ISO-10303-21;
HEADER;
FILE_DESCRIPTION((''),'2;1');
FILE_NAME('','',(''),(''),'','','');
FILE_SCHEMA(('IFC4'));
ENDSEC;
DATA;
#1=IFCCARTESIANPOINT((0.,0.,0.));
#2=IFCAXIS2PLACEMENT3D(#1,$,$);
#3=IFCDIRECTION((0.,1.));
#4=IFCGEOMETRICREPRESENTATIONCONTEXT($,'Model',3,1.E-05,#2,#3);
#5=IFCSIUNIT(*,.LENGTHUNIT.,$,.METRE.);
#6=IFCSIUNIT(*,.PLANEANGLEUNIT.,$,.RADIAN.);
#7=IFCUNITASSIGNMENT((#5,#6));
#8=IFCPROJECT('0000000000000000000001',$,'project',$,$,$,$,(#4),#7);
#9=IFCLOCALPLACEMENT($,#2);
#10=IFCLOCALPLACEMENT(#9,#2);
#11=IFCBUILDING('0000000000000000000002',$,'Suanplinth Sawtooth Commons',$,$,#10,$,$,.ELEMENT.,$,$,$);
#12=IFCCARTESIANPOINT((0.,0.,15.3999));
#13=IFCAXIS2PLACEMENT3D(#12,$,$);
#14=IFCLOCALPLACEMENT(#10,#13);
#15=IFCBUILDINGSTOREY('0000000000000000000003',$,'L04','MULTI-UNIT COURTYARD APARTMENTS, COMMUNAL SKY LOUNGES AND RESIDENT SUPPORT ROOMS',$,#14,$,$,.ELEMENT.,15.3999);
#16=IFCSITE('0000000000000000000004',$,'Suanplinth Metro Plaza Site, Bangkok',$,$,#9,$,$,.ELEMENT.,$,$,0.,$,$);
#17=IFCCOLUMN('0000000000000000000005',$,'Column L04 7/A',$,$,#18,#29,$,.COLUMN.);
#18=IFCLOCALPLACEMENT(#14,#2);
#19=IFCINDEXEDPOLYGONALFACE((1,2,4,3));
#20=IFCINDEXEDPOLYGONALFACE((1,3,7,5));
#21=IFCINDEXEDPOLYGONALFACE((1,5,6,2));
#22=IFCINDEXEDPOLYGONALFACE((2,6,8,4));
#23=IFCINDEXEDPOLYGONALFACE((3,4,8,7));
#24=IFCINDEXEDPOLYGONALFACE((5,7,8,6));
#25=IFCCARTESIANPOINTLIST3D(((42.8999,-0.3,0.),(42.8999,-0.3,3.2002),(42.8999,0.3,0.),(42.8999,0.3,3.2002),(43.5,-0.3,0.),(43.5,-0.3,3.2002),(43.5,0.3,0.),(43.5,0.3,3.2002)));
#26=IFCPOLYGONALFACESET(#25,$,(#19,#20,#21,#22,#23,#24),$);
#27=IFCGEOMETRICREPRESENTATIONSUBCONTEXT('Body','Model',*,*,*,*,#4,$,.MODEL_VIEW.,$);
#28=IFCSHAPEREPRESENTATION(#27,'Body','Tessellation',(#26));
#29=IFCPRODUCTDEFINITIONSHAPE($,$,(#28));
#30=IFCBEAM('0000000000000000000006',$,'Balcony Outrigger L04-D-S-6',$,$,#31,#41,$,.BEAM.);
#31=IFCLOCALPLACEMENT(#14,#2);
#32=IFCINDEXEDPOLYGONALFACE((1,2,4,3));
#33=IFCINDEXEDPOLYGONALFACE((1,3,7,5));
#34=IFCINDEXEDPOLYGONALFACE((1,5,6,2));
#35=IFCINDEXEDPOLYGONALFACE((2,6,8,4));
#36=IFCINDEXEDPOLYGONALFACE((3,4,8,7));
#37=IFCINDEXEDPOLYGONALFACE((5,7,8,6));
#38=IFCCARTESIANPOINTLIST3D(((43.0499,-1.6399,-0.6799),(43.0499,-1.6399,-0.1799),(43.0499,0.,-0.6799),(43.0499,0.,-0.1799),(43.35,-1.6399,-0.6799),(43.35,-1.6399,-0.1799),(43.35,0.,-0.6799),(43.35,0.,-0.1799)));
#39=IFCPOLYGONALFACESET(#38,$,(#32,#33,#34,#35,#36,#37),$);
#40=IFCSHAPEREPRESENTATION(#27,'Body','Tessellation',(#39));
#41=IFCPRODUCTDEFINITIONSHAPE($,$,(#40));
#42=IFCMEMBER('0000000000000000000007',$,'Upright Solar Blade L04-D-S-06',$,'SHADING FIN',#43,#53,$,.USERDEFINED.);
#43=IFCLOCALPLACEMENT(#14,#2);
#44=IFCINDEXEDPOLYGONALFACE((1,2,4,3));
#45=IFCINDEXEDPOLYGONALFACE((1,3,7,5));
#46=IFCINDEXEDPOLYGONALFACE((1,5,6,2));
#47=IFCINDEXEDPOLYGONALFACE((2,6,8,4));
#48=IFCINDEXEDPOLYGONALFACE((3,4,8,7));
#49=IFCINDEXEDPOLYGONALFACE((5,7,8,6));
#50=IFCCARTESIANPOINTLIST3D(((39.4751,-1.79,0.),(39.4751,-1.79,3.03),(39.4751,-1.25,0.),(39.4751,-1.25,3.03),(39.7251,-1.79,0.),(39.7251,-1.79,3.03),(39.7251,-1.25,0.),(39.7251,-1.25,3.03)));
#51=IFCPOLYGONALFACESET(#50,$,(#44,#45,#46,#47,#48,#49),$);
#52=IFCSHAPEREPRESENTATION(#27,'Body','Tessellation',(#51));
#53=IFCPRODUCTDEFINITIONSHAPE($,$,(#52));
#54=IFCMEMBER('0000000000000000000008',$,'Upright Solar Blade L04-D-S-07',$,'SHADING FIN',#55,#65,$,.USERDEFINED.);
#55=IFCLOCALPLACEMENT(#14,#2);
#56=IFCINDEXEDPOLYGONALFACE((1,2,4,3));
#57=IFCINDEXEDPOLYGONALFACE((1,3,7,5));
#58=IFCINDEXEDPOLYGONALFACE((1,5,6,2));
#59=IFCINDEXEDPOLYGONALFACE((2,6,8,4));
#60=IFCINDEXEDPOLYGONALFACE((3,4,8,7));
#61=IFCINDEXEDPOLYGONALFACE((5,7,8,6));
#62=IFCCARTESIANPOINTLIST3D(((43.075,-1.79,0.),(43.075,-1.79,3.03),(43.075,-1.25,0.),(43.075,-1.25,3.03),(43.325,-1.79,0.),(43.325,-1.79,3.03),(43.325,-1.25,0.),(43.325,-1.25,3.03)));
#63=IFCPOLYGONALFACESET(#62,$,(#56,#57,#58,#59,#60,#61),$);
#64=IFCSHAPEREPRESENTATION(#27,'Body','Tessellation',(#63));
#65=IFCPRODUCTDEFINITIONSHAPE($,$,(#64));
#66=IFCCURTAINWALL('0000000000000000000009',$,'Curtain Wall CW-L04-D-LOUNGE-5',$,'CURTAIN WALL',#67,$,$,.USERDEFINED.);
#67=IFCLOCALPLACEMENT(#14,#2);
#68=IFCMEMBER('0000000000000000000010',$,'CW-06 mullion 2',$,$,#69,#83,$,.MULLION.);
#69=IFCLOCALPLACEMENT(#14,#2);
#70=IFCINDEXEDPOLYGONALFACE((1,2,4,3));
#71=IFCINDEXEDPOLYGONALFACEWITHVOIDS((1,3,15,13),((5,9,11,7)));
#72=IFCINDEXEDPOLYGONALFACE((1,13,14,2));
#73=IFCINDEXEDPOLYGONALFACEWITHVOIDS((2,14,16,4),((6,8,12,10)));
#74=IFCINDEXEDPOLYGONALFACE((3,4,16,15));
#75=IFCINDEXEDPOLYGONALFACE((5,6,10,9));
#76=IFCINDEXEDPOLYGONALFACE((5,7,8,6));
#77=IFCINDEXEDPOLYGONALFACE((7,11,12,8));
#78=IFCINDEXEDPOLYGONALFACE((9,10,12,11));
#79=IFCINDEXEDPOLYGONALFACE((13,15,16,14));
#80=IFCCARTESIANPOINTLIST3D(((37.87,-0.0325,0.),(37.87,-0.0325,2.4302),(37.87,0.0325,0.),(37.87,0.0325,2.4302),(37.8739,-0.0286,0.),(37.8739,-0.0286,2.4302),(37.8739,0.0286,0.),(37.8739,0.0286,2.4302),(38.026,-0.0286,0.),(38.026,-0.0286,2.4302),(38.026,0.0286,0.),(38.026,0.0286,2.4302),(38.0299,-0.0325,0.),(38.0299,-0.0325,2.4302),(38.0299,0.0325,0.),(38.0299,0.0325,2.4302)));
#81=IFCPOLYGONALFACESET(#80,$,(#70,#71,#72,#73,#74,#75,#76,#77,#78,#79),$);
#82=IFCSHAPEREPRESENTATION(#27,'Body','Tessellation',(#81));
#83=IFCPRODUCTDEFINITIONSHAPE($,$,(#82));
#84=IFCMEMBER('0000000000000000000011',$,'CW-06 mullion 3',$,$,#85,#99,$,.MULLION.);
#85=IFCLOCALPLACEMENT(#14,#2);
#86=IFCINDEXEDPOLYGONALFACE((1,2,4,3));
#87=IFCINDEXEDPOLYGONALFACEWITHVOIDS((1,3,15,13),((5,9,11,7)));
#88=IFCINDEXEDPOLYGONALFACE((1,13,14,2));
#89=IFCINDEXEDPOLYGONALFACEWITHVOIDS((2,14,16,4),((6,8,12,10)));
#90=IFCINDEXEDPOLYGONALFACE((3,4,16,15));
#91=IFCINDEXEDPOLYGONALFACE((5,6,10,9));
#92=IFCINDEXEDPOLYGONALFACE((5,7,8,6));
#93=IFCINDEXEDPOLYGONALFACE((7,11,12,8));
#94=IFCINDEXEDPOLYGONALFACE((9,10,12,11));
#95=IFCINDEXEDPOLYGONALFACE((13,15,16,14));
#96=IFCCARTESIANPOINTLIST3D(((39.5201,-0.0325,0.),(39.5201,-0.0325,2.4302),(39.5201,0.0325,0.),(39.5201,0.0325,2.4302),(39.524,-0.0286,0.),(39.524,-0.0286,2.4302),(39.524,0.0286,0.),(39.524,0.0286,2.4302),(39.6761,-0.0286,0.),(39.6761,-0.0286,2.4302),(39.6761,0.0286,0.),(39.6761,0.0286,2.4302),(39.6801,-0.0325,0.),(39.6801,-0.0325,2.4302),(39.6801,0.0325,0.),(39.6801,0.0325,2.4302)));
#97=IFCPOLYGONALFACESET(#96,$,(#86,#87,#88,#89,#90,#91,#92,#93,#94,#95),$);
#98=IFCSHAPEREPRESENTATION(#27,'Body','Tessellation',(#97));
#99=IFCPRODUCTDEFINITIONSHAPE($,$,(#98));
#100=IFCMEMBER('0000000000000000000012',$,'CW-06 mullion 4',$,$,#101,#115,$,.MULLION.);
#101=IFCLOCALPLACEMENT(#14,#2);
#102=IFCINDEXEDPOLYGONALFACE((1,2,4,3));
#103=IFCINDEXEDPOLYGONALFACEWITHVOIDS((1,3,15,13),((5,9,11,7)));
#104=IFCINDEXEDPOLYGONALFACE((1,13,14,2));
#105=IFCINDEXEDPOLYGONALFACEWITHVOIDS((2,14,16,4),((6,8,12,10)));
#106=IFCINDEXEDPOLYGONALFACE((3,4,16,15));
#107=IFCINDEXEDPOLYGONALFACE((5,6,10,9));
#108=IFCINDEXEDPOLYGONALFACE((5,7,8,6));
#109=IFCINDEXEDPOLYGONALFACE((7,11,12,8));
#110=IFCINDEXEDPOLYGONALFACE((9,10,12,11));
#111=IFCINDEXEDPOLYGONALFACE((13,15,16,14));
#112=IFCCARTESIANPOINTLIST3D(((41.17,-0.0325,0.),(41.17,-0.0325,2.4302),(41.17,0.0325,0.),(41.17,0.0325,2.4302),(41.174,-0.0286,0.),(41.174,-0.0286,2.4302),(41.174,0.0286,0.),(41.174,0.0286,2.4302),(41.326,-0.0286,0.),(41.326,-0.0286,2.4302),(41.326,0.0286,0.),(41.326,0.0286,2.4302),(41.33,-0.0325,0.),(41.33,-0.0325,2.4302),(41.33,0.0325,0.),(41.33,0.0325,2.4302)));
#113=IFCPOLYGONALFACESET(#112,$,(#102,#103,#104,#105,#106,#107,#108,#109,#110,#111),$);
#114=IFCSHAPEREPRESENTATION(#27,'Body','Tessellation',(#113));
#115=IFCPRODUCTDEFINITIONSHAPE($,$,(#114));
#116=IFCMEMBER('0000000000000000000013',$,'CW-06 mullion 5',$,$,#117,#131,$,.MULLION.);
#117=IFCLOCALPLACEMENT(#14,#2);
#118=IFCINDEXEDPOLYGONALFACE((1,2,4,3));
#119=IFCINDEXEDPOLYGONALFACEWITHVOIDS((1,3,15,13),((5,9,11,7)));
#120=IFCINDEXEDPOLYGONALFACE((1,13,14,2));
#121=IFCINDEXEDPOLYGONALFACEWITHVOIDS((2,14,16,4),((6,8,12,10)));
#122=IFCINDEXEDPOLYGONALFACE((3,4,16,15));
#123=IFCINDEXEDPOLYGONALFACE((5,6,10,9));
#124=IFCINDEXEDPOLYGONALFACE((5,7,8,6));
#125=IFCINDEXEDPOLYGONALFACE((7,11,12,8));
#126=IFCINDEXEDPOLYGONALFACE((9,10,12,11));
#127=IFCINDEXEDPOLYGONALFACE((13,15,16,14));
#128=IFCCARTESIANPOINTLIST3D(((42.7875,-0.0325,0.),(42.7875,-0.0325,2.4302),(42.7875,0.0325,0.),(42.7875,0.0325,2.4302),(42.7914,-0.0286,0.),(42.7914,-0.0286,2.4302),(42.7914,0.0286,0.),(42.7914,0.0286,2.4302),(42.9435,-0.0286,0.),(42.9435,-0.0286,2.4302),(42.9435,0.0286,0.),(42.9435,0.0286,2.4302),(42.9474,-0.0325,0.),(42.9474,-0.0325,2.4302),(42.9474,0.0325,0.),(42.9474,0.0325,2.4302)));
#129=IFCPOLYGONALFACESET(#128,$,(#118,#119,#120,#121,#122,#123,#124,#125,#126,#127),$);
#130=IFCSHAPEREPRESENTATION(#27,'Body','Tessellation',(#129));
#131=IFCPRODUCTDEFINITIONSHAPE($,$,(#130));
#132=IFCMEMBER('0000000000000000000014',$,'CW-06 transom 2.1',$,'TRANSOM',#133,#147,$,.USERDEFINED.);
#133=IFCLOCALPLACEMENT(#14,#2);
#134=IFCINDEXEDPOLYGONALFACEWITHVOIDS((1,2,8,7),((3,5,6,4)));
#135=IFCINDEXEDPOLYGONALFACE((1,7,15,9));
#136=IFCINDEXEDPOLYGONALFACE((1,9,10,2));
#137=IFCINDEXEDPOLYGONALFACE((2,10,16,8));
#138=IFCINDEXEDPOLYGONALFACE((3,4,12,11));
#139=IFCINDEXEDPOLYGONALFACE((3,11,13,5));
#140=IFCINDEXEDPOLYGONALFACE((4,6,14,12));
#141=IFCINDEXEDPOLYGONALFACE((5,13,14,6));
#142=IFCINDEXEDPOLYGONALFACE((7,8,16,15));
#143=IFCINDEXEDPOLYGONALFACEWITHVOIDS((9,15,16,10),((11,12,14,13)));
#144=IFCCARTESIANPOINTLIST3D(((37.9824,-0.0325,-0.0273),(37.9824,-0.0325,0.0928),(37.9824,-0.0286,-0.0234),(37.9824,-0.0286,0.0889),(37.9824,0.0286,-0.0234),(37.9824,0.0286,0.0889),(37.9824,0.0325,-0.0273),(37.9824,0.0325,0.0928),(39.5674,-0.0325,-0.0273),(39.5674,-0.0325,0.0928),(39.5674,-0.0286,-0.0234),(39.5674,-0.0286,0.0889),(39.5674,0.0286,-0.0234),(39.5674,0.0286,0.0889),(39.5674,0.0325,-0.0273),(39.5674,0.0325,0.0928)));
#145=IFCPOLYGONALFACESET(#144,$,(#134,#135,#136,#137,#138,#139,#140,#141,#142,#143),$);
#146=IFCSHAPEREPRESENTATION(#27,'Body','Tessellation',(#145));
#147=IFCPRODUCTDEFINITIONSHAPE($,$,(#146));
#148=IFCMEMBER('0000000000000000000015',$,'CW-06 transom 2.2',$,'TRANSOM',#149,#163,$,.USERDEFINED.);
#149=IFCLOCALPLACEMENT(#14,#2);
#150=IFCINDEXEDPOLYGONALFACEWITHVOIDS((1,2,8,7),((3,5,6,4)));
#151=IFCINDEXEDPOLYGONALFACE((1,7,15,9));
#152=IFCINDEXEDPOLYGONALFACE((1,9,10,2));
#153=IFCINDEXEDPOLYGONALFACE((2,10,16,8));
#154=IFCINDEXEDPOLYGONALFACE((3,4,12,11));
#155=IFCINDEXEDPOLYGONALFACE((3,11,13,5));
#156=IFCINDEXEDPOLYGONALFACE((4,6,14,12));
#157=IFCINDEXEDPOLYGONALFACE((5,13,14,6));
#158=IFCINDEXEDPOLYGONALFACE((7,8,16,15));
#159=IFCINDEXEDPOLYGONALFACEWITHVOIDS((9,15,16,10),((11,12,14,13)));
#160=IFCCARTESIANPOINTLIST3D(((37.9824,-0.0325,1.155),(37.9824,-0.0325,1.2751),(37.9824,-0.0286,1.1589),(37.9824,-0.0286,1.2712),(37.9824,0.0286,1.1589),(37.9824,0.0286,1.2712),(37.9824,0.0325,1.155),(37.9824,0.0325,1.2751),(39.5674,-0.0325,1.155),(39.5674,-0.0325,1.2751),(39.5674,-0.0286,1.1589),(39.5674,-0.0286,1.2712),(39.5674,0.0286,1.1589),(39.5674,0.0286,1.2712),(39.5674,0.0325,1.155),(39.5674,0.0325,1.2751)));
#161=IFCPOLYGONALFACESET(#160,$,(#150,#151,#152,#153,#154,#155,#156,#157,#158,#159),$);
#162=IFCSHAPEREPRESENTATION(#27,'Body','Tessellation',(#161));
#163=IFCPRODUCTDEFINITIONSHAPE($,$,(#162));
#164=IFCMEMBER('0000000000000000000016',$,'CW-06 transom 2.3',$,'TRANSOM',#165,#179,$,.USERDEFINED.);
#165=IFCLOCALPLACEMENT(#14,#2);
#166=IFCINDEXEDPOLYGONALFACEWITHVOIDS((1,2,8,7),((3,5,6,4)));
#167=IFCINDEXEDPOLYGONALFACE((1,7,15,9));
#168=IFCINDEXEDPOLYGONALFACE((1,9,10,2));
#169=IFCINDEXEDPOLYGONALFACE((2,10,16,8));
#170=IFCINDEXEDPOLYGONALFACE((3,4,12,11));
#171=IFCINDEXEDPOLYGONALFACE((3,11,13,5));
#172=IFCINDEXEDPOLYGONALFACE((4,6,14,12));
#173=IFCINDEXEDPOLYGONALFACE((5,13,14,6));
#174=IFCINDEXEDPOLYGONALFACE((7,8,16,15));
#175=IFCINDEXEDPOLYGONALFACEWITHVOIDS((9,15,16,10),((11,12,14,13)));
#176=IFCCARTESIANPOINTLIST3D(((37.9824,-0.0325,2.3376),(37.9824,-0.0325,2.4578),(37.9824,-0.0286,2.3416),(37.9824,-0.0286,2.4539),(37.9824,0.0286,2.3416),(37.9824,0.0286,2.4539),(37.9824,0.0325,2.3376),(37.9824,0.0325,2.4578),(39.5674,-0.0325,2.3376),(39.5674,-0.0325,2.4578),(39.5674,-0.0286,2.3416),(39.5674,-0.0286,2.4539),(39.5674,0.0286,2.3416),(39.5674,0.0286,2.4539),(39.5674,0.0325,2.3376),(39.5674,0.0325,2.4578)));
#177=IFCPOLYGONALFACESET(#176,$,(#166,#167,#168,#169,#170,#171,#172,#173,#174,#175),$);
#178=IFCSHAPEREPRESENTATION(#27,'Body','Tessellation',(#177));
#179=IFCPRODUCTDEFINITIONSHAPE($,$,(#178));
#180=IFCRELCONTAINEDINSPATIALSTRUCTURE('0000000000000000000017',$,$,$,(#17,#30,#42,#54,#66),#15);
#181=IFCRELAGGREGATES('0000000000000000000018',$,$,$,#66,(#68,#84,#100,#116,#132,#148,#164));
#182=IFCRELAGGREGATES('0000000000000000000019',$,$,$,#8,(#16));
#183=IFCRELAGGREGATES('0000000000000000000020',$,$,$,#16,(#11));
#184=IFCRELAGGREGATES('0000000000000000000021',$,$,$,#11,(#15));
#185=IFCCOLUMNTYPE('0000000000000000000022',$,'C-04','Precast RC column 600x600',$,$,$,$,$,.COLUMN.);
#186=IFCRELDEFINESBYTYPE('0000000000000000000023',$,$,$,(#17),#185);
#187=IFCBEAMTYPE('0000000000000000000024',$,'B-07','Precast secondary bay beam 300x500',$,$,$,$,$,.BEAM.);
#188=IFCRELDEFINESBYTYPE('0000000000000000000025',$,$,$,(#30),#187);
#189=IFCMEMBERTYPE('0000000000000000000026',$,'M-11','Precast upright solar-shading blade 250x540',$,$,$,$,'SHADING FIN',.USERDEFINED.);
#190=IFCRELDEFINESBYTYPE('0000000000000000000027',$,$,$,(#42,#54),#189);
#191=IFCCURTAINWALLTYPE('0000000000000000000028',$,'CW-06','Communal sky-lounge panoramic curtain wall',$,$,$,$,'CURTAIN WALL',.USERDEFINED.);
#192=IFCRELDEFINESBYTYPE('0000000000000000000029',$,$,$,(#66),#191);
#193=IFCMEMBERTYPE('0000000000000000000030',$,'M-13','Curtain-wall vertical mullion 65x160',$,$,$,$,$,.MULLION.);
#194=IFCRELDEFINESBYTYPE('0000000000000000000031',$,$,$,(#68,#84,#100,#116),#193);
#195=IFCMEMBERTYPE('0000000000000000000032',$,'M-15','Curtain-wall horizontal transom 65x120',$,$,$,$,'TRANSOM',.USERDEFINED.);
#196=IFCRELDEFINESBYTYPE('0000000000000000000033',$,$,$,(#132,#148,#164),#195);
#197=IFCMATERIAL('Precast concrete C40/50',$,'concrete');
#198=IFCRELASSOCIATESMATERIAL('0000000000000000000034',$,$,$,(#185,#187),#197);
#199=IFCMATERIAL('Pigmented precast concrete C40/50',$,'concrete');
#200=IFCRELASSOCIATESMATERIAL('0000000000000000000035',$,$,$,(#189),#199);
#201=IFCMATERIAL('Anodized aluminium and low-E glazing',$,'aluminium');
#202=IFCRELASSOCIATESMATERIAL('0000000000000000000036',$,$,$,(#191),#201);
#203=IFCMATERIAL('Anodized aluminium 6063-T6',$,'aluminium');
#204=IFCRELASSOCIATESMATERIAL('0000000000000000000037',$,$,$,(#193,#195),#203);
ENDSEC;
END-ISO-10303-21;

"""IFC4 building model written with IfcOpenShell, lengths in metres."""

from ifc_helpers import new_model, si_unit, direction, frame, origin, origin_2d, place, context, subcontext, project, spatial, rectangle, hollow_rectangle, extrude, material, material_profile, profile_set, type_object, element, aggregate, save


model = new_model("IFC4")

# Units and contexts
model_context = context("Model", 3, precision=1e-05, world=origin(), true_north=direction((0.0, 1.0)))
body_context = subcontext(model_context, "Body", "Model", "MODEL_VIEW")
ifc_project = project(units=[si_unit("LENGTHUNIT", "METRE"), si_unit("PLANEANGLEUNIT", "RADIAN")], contexts=[model_context])

# Site, building, storey
site_placement = place(None, origin())
site = spatial("IfcSite", under=ifc_project, at=site_placement, Name="Suanplinth Metro Plaza Site, Bangkok", CompositionType="ELEMENT", RefElevation=0.0)
building_placement = place(site_placement, origin())
building = spatial("IfcBuilding", under=site, at=building_placement, Name="Suanplinth Sawtooth Commons", CompositionType="ELEMENT")
storey_placement = place(building_placement, frame((0.0, 0.0, 15.3999)))
storey = spatial("IfcBuildingStorey", under=building, at=storey_placement, Name="L04", Description="MULTI-UNIT COURTYARD APARTMENTS, COMMUNAL SKY LOUNGES AND RESIDENT SUPPORT ROOMS", CompositionType="ELEMENT", Elevation=15.3999)

# Column
ifc_material_1 = material(Name="Precast concrete C40/50", Category="concrete")
ifc_material_profile_1 = material_profile(ifc_material_1, rectangle(XDim=0.6001, YDim=0.6001, at=origin_2d()), Name="PC-COL 600x600")
ifc_profile_set_1 = profile_set([ifc_material_profile_1], Name="Precast concrete C40/50")
column_type = type_object("IfcColumnType", Name="C-04", Description="Precast RC column 600x600", PredefinedType="COLUMN", material=ifc_profile_set_1)
column_placement = place(storey_placement, frame((43.2, 0.0, 0.0), z_axis=(0.0, 0.0, 1.0), x_axis=(1.0, 0.0, 0.0)))
element("IfcColumn", 1, at=column_placement, inside=storey, type_object=column_type, Name="Column L04 7/A", PredefinedType="COLUMN", context=body_context, shape_type="SweptSolid", body=[
    extrude(rectangle(XDim=0.6001, YDim=0.6001, at=origin_2d()), origin(), (0.0, 0.0, 1.0), 3.2002),
])

# Beam
ifc_material_profile_2 = material_profile(ifc_material_1, rectangle(XDim=0.3, YDim=0.5, at=origin_2d()), Name="PC-BM 300x500")
ifc_profile_set_2 = profile_set([ifc_material_profile_2], Name="Precast concrete C40/50")
beam_type = type_object("IfcBeamType", Name="B-07", Description="Precast secondary bay beam 300x500", PredefinedType="BEAM", material=ifc_profile_set_2)
beam_placement = place(storey_placement, frame((43.2, 0.0, -0.4299), z_axis=(0.0, -1.0, 0.0), x_axis=(1.0, 0.0, 0.0)))
element("IfcBeam", 2, at=beam_placement, inside=storey, type_object=beam_type, Name="Balcony Outrigger L04-D-S-6", PredefinedType="BEAM", context=body_context, shape_type="SweptSolid", body=[
    extrude(rectangle(XDim=0.3, YDim=0.5, at=origin_2d()), origin(), (0.0, 0.0, 1.0), 1.6399),
])

# Members
ifc_material_2 = material(Name="Pigmented precast concrete C40/50", Category="concrete")
ifc_material_profile_3 = material_profile(ifc_material_2, rectangle(XDim=0.25, YDim=0.54, at=origin_2d()), Name="PC-FIN 250x540")
ifc_profile_set_3 = profile_set([ifc_material_profile_3], Name="Pigmented precast concrete C40/50")
member_type_1 = type_object("IfcMemberType", Name="M-11", Description="Precast upright solar-shading blade 250x540", ElementType="SHADING FIN", PredefinedType="USERDEFINED", material=ifc_profile_set_3)
for number, where, z_axis, x_axis, name in (
    (3, (39.6001, -1.52, 0.0), (0.0, 0.0, 1.0), (1.0, 0.0, 0.0), "Upright Solar Blade L04-D-S-06"),
    (4, (43.2, -1.52, 0.0), (0.0, 0.0, 1.0), (1.0, 0.0, 0.0), "Upright Solar Blade L04-D-S-07"),
):
    element("IfcMember", number, at=place(storey_placement, frame(where, z_axis=z_axis, x_axis=x_axis)), inside=storey, type_object=member_type_1, Name=name, ObjectType="SHADING FIN", PredefinedType="USERDEFINED", context=body_context, shape_type="SweptSolid", body=[
        extrude(rectangle(XDim=0.25, YDim=0.54, at=origin_2d()), origin(), (0.0, 0.0, 1.0), 3.03),
    ])

# Curtain wall, members
ifc_material_3 = material(Name="Anodized aluminium and low-E glazing", Category="aluminium")
curtain_wall_type = type_object("IfcCurtainWallType", Name="CW-06", Description="Communal sky-lounge panoramic curtain wall", ElementType="CURTAIN WALL", PredefinedType="USERDEFINED", material=ifc_material_3)
curtain_wall_placement = place(storey_placement, origin())
curtain_wall = element("IfcCurtainWall", 5, at=curtain_wall_placement, inside=storey, type_object=curtain_wall_type, Name="Curtain Wall CW-L04-D-LOUNGE-5", ObjectType="CURTAIN WALL", PredefinedType="USERDEFINED")
ifc_material_4 = material(Name="Anodized aluminium 6063-T6", Category="aluminium")
ifc_material_profile_4 = material_profile(ifc_material_4, hollow_rectangle(XDim=0.0649, YDim=0.1599, WallThickness=0.0039, at=origin_2d()), Name="ALU-MUL 65x160")
ifc_profile_set_4 = profile_set([ifc_material_profile_4], Name="Anodized aluminium 6063-T6")
member_type_2 = type_object("IfcMemberType", Name="M-13", Description="Curtain-wall vertical mullion 65x160", PredefinedType="MULLION", material=ifc_profile_set_4)
member_1_placement = place(storey_placement, frame((37.95, 0.0, 0.0), z_axis=(0.0, 0.0, 1.0), x_axis=(0.0, 1.0, 0.0)))
member_1 = element("IfcMember", 6, at=member_1_placement, type_object=member_type_2, Name="CW-06 mullion 2", PredefinedType="MULLION", context=body_context, shape_type="SweptSolid", body=[
    extrude(hollow_rectangle(XDim=0.0649, YDim=0.1599, WallThickness=0.0039, at=origin_2d()), origin(), (0.0, 0.0, 1.0), 2.4302),
])
member_2_placement = place(storey_placement, frame((39.6001, 0.0, 0.0), z_axis=(0.0, 0.0, 1.0), x_axis=(0.0, 1.0, 0.0)))
member_2 = element("IfcMember", 7, at=member_2_placement, type_object=member_type_2, Name="CW-06 mullion 3", PredefinedType="MULLION", context=body_context, shape_type="SweptSolid", body=[
    extrude(hollow_rectangle(XDim=0.0649, YDim=0.1599, WallThickness=0.0039, at=origin_2d()), origin(), (0.0, 0.0, 1.0), 2.4302),
])
member_3_placement = place(storey_placement, frame((41.25, 0.0, 0.0), z_axis=(0.0, 0.0, 1.0), x_axis=(0.0, 1.0, 0.0)))
member_3 = element("IfcMember", 8, at=member_3_placement, type_object=member_type_2, Name="CW-06 mullion 4", PredefinedType="MULLION", context=body_context, shape_type="SweptSolid", body=[
    extrude(hollow_rectangle(XDim=0.0649, YDim=0.1599, WallThickness=0.0039, at=origin_2d()), origin(), (0.0, 0.0, 1.0), 2.4302),
])
member_4_placement = place(storey_placement, frame((42.8674, 0.0, 0.0), z_axis=(0.0, 0.0, 1.0), x_axis=(0.0, 1.0, 0.0)))
member_4 = element("IfcMember", 9, at=member_4_placement, type_object=member_type_2, Name="CW-06 mullion 5", PredefinedType="MULLION", context=body_context, shape_type="SweptSolid", body=[
    extrude(hollow_rectangle(XDim=0.0649, YDim=0.1599, WallThickness=0.0039, at=origin_2d()), origin(), (0.0, 0.0, 1.0), 2.4302),
])
ifc_material_profile_5 = material_profile(ifc_material_4, hollow_rectangle(XDim=0.0649, YDim=0.1201, WallThickness=0.0039, at=origin_2d()), Name="ALU-TRN 65x120")
ifc_profile_set_5 = profile_set([ifc_material_profile_5], Name="Anodized aluminium 6063-T6")
member_type_3 = type_object("IfcMemberType", Name="M-15", Description="Curtain-wall horizontal transom 65x120", ElementType="TRANSOM", PredefinedType="USERDEFINED", material=ifc_profile_set_5)
member_5_placement = place(storey_placement, frame((37.9824, 0.0, 0.0327), z_axis=(1.0, 0.0, 0.0), x_axis=(0.0, 1.0, 0.0)))
member_5 = element("IfcMember", 10, at=member_5_placement, type_object=member_type_3, Name="CW-06 transom 2.1", ObjectType="TRANSOM", PredefinedType="USERDEFINED", context=body_context, shape_type="SweptSolid", body=[
    extrude(hollow_rectangle(XDim=0.0649, YDim=0.1201, WallThickness=0.0039, at=origin_2d()), origin(), (0.0, 0.0, 1.0), 1.585),
])
member_6_placement = place(storey_placement, frame((37.9824, 0.0, 1.2151), z_axis=(1.0, 0.0, 0.0), x_axis=(0.0, 1.0, 0.0)))
member_6 = element("IfcMember", 11, at=member_6_placement, type_object=member_type_3, Name="CW-06 transom 2.2", ObjectType="TRANSOM", PredefinedType="USERDEFINED", context=body_context, shape_type="SweptSolid", body=[
    extrude(hollow_rectangle(XDim=0.0649, YDim=0.1201, WallThickness=0.0039, at=origin_2d()), origin(), (0.0, 0.0, 1.0), 1.585),
])
member_7_placement = place(storey_placement, frame((37.9824, 0.0, 2.3977), z_axis=(1.0, 0.0, 0.0), x_axis=(0.0, 1.0, 0.0)))
member_7 = element("IfcMember", 12, at=member_7_placement, type_object=member_type_3, Name="CW-06 transom 2.3", ObjectType="TRANSOM", PredefinedType="USERDEFINED", context=body_context, shape_type="SweptSolid", body=[
    extrude(hollow_rectangle(XDim=0.0649, YDim=0.1201, WallThickness=0.0039, at=origin_2d()), origin(), (0.0, 0.0, 1.0), 1.585),
])
aggregate(curtain_wall, [member_1, member_2, member_3, member_4, member_5, member_6, member_7])

save(model, "model.ifc")
